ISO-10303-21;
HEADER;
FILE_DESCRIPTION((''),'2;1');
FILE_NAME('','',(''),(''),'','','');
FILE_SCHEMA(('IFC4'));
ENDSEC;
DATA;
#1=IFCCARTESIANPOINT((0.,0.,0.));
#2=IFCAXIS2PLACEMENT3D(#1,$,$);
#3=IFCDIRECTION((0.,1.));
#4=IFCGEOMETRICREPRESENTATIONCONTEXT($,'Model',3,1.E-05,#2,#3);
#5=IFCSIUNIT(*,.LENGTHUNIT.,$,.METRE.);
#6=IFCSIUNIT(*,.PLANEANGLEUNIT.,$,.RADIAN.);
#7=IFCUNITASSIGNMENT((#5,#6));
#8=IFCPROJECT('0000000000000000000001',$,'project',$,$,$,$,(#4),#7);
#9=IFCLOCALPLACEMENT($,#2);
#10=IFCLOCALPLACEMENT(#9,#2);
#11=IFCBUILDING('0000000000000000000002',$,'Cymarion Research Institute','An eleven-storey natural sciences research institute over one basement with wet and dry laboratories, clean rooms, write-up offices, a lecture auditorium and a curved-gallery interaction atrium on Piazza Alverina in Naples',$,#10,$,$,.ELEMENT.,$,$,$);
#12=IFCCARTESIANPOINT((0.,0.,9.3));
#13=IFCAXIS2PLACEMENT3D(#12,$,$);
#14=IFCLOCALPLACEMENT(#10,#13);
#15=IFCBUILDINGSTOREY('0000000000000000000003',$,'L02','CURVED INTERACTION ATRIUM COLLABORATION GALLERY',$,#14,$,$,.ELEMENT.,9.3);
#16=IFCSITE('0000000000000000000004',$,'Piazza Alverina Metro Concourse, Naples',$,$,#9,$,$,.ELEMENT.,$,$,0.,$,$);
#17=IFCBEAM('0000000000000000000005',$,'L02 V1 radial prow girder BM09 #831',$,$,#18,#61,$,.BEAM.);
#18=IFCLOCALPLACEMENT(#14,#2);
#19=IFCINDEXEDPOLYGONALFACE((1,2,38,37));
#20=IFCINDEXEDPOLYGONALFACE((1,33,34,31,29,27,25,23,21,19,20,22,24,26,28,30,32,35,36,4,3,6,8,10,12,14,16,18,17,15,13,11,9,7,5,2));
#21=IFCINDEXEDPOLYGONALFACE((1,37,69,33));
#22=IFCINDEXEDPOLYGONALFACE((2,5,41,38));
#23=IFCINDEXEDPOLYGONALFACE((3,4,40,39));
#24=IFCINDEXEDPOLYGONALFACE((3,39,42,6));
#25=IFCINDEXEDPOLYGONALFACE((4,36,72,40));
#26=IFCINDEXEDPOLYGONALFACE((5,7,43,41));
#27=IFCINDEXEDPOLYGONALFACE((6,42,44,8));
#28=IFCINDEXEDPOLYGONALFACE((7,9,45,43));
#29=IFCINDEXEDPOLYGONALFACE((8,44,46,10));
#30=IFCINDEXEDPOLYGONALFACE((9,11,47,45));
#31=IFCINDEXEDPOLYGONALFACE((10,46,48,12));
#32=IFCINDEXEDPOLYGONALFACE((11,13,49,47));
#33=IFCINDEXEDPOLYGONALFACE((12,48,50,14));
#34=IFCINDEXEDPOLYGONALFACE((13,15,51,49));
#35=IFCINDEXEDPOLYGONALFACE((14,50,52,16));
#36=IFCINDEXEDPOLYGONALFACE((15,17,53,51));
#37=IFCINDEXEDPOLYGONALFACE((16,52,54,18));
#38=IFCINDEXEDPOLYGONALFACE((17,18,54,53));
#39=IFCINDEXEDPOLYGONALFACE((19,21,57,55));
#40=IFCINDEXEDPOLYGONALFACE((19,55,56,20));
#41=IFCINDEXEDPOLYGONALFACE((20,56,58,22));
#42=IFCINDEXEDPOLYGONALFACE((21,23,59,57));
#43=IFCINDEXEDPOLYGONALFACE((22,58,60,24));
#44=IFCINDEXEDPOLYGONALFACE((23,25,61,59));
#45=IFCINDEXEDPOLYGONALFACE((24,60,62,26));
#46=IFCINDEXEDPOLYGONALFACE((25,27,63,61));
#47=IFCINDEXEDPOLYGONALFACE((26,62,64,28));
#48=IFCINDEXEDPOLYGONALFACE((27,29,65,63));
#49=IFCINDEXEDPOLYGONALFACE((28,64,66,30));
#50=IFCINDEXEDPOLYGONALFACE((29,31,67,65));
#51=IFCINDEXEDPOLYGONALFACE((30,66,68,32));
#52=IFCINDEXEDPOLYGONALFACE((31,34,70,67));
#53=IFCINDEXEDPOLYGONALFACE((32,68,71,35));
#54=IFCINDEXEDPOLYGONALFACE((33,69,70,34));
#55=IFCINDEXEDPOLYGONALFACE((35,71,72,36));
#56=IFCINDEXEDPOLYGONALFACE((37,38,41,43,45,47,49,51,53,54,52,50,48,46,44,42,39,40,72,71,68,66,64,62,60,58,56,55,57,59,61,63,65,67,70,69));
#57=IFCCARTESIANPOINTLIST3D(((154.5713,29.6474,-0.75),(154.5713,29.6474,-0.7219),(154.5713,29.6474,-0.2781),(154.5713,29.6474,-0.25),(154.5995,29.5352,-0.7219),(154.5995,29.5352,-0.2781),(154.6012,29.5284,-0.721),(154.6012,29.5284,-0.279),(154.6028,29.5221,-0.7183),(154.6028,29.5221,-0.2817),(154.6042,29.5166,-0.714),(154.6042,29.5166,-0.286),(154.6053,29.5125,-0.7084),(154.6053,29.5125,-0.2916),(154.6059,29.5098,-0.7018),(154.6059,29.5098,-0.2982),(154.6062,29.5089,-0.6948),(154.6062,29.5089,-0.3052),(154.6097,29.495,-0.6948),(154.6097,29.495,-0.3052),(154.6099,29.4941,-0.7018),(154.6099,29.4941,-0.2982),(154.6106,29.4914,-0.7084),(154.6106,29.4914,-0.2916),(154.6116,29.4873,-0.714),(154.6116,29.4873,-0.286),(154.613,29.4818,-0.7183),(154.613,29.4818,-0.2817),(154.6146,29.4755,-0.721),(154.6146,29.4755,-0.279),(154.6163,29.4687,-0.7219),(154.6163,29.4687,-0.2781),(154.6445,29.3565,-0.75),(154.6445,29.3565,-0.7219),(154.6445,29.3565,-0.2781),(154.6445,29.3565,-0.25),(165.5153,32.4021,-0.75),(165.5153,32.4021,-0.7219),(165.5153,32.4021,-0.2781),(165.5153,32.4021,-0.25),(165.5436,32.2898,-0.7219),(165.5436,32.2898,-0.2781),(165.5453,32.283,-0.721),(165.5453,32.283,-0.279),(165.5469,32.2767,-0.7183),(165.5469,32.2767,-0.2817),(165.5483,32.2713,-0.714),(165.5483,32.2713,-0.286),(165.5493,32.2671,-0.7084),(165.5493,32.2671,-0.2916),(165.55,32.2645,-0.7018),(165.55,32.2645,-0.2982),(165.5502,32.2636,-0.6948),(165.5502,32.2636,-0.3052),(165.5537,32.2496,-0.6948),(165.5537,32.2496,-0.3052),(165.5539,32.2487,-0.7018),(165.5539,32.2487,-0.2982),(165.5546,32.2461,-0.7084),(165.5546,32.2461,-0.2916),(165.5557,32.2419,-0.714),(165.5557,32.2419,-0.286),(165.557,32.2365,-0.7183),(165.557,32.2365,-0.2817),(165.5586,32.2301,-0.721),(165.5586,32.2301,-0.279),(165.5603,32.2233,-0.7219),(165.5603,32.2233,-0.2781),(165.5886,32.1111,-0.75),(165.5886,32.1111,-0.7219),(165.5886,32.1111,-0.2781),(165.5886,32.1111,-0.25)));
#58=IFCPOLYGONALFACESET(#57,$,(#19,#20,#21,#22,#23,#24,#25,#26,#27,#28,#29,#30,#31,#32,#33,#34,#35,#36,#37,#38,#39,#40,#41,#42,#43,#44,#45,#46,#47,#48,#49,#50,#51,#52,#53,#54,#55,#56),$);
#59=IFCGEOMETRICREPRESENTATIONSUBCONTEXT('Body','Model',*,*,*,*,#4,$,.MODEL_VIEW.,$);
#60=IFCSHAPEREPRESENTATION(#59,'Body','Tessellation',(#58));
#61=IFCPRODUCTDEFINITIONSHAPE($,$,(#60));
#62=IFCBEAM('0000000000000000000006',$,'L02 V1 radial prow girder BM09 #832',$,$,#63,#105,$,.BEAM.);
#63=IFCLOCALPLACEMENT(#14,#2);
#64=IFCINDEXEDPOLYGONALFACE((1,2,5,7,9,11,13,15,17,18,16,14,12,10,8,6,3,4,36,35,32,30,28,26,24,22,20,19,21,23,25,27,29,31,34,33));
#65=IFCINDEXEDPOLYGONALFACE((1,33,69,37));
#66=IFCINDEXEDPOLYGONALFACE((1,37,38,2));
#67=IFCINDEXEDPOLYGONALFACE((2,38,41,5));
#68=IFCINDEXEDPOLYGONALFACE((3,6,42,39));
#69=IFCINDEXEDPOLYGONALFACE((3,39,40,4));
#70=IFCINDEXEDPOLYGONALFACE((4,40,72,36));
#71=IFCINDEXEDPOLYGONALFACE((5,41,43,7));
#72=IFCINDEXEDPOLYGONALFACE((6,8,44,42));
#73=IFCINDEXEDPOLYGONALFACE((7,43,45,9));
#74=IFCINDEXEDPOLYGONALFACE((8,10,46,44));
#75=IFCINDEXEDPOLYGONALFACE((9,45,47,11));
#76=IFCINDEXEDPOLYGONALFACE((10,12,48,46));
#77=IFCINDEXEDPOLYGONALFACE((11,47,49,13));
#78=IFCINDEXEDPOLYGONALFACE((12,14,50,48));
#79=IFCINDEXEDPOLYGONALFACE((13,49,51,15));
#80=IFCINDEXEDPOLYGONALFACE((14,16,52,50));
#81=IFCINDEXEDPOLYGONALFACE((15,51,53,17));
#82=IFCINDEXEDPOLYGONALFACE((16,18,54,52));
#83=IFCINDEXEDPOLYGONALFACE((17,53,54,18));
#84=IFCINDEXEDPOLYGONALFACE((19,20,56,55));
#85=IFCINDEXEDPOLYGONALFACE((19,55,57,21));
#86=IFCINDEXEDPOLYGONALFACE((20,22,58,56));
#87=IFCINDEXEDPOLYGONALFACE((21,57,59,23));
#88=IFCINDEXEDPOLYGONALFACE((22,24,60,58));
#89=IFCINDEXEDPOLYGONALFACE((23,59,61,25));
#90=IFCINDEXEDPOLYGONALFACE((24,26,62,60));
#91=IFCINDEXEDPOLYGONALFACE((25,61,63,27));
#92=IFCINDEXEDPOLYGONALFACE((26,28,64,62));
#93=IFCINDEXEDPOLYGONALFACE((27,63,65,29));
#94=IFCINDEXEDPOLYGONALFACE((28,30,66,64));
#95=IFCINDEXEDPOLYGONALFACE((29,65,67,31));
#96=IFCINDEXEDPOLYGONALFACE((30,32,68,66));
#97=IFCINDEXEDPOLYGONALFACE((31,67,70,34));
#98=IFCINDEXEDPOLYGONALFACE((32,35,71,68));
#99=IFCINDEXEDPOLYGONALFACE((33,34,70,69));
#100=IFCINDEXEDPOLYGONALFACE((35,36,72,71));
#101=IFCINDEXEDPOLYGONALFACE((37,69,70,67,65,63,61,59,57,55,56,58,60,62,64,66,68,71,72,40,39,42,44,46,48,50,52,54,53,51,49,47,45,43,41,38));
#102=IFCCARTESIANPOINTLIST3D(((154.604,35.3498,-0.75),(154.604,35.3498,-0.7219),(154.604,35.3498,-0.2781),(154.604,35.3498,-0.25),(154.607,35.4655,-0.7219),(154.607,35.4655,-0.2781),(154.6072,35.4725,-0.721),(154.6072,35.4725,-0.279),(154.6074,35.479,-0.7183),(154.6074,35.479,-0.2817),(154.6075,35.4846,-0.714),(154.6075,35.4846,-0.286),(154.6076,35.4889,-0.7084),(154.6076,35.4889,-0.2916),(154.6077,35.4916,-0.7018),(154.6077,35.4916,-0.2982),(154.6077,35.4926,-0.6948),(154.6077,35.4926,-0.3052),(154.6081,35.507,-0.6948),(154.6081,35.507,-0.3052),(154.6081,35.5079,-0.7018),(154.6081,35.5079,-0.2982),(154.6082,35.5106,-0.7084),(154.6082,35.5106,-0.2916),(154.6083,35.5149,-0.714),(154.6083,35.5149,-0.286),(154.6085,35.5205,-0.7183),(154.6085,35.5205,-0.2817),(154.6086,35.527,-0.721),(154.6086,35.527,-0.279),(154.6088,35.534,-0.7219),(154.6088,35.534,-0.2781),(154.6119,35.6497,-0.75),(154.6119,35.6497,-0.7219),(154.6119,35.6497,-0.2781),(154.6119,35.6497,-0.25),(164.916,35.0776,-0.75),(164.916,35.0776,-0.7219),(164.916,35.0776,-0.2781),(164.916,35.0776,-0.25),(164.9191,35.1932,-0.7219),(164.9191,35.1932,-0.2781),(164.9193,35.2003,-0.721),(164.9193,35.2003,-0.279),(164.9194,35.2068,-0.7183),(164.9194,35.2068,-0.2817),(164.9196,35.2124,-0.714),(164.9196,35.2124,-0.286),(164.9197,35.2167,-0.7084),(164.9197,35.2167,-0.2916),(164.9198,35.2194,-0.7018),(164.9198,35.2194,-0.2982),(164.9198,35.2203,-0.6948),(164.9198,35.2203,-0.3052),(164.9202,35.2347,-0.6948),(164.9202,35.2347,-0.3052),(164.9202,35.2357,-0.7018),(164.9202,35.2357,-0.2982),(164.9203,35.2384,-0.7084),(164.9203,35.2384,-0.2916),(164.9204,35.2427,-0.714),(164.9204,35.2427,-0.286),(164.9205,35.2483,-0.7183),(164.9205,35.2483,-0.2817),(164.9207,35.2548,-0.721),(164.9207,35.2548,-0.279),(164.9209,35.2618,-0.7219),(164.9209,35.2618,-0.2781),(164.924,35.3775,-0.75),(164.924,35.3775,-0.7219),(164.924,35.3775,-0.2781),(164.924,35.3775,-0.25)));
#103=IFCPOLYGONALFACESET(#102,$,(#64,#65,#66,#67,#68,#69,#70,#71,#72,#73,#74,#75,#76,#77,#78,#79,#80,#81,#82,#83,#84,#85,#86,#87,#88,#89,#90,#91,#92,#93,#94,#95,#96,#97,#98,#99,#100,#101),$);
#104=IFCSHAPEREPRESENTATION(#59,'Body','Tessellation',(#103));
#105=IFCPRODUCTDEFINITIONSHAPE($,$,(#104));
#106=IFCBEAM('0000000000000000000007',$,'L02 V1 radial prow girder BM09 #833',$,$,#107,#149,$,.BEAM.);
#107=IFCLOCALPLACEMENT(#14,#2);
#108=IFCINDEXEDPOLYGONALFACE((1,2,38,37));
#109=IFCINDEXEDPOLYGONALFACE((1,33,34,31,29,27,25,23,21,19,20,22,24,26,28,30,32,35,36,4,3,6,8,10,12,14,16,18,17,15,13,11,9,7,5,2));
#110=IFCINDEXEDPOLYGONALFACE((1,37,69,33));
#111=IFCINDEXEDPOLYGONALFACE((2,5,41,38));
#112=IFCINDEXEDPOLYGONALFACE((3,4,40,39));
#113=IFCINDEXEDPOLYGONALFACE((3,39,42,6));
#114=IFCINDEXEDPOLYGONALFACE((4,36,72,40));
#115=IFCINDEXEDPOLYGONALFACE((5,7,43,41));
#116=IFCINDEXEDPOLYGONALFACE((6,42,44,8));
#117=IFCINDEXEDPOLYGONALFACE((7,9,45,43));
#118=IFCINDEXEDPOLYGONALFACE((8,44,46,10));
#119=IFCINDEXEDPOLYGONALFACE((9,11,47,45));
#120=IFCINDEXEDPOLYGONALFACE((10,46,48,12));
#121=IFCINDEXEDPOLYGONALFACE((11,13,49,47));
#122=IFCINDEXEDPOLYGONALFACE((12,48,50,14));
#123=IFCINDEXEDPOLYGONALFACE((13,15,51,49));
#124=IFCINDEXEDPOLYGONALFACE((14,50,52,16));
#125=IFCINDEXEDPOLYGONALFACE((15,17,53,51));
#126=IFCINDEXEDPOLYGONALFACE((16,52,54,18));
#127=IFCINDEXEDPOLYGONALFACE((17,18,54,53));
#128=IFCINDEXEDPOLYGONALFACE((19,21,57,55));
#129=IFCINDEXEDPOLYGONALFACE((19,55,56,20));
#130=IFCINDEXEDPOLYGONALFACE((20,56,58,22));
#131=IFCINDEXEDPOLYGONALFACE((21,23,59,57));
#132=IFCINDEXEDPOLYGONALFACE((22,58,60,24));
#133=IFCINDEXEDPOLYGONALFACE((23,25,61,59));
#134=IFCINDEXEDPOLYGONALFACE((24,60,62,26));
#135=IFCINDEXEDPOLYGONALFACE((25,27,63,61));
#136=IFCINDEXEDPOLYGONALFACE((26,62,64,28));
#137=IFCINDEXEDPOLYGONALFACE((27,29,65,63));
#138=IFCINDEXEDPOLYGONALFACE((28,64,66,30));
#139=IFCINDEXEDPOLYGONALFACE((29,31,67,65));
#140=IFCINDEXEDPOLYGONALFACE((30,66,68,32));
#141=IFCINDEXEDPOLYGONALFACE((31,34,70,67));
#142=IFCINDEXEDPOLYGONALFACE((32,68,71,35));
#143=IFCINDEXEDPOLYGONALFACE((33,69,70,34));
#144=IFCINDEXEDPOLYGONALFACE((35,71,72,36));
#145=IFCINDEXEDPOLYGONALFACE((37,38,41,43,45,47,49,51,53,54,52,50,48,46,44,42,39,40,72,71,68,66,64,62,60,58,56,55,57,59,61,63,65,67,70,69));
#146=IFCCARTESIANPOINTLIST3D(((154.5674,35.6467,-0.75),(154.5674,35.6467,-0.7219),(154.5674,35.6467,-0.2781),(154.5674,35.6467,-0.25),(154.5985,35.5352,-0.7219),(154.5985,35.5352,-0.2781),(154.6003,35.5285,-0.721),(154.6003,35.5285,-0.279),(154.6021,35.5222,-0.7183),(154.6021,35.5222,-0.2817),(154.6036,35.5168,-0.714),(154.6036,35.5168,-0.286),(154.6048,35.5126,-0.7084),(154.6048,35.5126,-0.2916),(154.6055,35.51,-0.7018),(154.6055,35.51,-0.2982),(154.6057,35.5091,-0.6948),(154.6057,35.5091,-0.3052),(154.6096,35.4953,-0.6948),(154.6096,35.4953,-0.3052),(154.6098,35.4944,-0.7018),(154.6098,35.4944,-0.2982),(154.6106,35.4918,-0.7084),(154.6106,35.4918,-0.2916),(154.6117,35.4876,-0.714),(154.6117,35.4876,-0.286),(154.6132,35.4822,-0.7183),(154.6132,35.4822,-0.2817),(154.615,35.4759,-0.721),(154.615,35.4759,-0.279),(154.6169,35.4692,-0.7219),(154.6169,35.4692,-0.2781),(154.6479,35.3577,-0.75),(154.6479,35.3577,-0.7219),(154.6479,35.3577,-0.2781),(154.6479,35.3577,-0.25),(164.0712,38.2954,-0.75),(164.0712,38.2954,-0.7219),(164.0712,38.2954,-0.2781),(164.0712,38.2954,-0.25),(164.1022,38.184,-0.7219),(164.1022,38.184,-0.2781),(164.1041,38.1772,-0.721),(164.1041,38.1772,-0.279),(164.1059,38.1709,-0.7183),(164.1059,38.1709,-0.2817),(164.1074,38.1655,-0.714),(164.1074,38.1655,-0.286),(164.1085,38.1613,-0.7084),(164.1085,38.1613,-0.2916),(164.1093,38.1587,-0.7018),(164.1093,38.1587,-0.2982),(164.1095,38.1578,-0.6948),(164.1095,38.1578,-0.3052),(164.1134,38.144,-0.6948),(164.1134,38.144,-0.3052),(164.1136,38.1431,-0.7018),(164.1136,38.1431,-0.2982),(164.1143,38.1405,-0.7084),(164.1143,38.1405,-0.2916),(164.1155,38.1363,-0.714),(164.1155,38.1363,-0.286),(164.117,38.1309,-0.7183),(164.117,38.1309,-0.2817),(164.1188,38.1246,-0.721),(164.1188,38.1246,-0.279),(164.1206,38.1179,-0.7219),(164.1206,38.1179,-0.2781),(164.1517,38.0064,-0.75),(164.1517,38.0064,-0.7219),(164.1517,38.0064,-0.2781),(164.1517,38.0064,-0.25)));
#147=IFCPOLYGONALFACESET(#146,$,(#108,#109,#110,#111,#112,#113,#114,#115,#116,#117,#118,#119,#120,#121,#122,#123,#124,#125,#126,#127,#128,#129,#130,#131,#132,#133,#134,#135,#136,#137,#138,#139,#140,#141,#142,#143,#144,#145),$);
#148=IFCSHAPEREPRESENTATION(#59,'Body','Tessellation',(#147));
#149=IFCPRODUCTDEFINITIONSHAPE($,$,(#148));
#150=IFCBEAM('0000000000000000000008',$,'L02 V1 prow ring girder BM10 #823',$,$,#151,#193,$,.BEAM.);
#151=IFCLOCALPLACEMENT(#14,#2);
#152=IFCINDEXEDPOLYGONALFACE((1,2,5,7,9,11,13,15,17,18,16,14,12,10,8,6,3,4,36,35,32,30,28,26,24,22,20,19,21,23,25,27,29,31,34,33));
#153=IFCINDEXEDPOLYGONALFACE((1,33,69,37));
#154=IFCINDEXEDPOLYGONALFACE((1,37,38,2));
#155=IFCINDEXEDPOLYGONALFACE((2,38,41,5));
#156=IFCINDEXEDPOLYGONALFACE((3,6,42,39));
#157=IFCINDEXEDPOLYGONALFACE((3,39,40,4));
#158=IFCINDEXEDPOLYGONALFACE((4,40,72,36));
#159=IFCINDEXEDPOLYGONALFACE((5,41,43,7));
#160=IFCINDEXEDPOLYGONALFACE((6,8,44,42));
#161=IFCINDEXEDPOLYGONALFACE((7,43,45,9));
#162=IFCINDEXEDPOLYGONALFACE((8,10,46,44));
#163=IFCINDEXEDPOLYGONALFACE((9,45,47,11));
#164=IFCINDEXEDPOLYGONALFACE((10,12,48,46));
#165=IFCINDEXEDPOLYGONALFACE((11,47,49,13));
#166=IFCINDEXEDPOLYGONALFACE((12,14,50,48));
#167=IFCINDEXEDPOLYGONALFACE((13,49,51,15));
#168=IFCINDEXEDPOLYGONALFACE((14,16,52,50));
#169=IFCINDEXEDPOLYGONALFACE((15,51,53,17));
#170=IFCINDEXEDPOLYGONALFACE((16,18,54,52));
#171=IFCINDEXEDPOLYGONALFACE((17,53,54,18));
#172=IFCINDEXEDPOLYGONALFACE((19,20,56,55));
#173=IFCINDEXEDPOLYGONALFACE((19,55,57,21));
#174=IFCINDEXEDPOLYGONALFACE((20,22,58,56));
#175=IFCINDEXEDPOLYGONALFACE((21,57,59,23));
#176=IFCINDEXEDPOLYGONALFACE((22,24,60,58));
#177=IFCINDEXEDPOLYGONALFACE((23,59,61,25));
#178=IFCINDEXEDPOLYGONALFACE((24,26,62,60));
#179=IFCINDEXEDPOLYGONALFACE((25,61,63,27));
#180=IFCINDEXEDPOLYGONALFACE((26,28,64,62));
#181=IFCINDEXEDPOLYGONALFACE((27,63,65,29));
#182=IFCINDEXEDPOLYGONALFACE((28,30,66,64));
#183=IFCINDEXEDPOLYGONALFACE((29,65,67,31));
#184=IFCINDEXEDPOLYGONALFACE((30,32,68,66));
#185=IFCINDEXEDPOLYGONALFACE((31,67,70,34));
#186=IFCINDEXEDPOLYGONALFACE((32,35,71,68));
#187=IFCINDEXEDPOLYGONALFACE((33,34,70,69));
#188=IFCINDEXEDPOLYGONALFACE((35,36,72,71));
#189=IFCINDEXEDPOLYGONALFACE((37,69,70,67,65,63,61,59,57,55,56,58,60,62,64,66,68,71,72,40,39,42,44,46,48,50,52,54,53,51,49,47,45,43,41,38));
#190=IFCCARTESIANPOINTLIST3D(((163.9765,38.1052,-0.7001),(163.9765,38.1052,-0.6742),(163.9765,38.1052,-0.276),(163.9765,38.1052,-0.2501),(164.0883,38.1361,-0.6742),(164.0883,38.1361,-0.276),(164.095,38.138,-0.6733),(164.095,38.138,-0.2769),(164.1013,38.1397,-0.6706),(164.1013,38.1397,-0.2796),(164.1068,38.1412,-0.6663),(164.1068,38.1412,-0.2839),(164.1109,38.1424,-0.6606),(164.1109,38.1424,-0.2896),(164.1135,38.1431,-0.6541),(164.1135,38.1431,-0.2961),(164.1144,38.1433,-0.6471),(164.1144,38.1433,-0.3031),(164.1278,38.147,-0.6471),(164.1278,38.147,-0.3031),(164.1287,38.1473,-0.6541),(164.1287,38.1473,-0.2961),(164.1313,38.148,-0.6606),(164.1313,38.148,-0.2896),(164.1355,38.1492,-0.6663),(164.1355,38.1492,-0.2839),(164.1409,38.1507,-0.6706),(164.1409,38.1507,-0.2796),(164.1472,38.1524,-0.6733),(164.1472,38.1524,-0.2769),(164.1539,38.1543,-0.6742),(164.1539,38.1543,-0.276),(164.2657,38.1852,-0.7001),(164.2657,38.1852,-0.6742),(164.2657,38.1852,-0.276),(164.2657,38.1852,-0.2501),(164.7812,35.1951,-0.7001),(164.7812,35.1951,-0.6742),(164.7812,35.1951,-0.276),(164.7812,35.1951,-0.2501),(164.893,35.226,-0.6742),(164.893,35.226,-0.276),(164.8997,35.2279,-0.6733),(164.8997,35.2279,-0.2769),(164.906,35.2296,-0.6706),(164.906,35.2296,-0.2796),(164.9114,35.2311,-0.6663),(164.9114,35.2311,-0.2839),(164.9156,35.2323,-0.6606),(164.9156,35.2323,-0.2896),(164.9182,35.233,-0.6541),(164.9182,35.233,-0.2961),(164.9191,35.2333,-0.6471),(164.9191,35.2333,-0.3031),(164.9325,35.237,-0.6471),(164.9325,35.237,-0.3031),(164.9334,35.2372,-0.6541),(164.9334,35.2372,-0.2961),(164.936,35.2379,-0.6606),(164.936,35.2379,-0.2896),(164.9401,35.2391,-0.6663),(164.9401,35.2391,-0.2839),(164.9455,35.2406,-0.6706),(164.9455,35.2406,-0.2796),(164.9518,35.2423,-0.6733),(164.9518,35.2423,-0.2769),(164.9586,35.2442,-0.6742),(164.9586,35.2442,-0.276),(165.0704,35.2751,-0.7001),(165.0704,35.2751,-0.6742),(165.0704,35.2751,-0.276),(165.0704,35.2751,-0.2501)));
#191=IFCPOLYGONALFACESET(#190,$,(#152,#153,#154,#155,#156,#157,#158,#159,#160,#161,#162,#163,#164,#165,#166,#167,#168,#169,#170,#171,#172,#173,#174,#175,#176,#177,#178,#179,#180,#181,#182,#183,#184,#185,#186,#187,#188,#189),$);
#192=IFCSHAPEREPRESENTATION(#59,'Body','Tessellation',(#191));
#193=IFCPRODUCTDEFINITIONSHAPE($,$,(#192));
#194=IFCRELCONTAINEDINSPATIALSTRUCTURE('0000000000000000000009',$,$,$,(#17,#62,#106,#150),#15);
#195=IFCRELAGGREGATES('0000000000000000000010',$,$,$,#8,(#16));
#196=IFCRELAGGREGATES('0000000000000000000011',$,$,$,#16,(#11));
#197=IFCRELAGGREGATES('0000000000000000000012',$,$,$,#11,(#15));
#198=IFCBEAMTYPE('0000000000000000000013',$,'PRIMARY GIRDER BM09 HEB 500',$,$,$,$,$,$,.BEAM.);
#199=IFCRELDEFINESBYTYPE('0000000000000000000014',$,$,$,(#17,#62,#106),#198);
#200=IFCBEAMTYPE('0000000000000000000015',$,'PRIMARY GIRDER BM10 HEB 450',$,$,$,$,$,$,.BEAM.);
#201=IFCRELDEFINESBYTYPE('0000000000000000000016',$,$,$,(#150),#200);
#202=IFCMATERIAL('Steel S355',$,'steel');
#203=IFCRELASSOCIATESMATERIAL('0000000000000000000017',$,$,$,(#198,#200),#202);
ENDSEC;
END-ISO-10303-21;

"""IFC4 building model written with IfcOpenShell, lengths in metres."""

from ifc_helpers import new_model, si_unit, direction, frame, origin, origin_2d, place, context, subcontext, project, spatial, i_section, extrude, material, material_profile, profile_set, type_object, element, save


model = new_model("IFC4")

# Units and contexts
model_context = context("Model", 3, precision=1e-05, world=origin(), true_north=direction((0.0, 1.0)))
body_context = subcontext(model_context, "Body", "Model", "MODEL_VIEW")
ifc_project = project(units=[si_unit("LENGTHUNIT", "METRE"), si_unit("PLANEANGLEUNIT", "RADIAN")], contexts=[model_context])

# Site, building, storey
site_placement = place(None, origin())
site = spatial("IfcSite", under=ifc_project, at=site_placement, Name="Piazza Alverina Metro Concourse, Naples", CompositionType="ELEMENT", RefElevation=0.0)
building_placement = place(site_placement, origin())
building = spatial("IfcBuilding", under=site, at=building_placement, Name="Cymarion Research Institute", Description="An eleven-storey natural sciences research institute over one basement with wet and dry laboratories, clean rooms, write-up offices, a lecture auditorium and a curved-gallery interaction atrium on Piazza Alverina in Naples", CompositionType="ELEMENT")
storey_placement = place(building_placement, frame((0.0, 0.0, 9.3)))
storey = spatial("IfcBuildingStorey", under=building, at=storey_placement, Name="L02", Description="CURVED INTERACTION ATRIUM COLLABORATION GALLERY", CompositionType="ELEMENT", Elevation=9.3)

# Shared definitions
ifc_material_1 = material(Name="Steel S355", Category="steel")

# Beams
ifc_material_profile_1 = material_profile(ifc_material_1, i_section(OverallWidth=0.3, OverallDepth=0.5, WebThickness=0.0144, FlangeThickness=0.0281, FilletRadius=0.0271, at=origin_2d()), Name="HEB 500")
ifc_profile_set_1 = profile_set([ifc_material_profile_1], Name="Steel S355")
beam_type_1 = type_object("IfcBeamType", Name="PRIMARY GIRDER BM09 HEB 500", PredefinedType="BEAM", material=ifc_profile_set_1)
beam_1_placement = place(storey_placement, frame((154.6079, 29.502, -0.5), z_axis=(0.969753, 0.244088, 0.0), x_axis=(-0.244088, 0.969753, 0.0)))
element("IfcBeam", 1, at=beam_1_placement, inside=storey, type_object=beam_type_1, Name="L02 V1 radial prow girder BM09 #831", PredefinedType="BEAM", context=body_context, shape_type="SweptSolid", body=[
    extrude(i_section(OverallWidth=0.3, OverallDepth=0.5, WebThickness=0.0144, FlangeThickness=0.0281, FilletRadius=0.0271, at=origin_2d()), origin(), (0.0, 0.0, 1.0), 11.2854),
])
beam_2_placement = place(storey_placement, frame((154.6079, 35.4998, -0.5), z_axis=(0.999652, -0.026389, 0.0), x_axis=(0.026389, 0.999652, 0.0)))
element("IfcBeam", 2, at=beam_2_placement, inside=storey, type_object=beam_type_1, Name="L02 V1 radial prow girder BM09 #832", PredefinedType="BEAM", context=body_context, shape_type="SweptSolid", body=[
    extrude(i_section(OverallWidth=0.3, OverallDepth=0.5, WebThickness=0.0144, FlangeThickness=0.0281, FilletRadius=0.0271, at=origin_2d()), origin(), (0.0, 0.0, 1.0), 10.3157),
])
beam_3_placement = place(storey_placement, frame((154.6077, 35.5022, -0.5), z_axis=(0.963288, 0.26847, 0.0), x_axis=(-0.26847, 0.963288, 0.0)))
element("IfcBeam", 3, at=beam_3_placement, inside=storey, type_object=beam_type_1, Name="L02 V1 radial prow girder BM09 #833", PredefinedType="BEAM", context=body_context, shape_type="SweptSolid", body=[
    extrude(i_section(OverallWidth=0.3, OverallDepth=0.5, WebThickness=0.0144, FlangeThickness=0.0281, FilletRadius=0.0271, at=origin_2d()), origin(), (0.0, 0.0, 1.0), 9.866),
])
ifc_material_profile_2 = material_profile(ifc_material_1, i_section(OverallWidth=0.3, OverallDepth=0.45, WebThickness=0.0139, FlangeThickness=0.0259, FilletRadius=0.0271, at=origin_2d()), Name="HEB 450")
ifc_profile_set_2 = profile_set([ifc_material_profile_2], Name="Steel S355")
beam_type_2 = type_object("IfcBeamType", Name="PRIMARY GIRDER BM10 HEB 450", PredefinedType="BEAM", material=ifc_profile_set_2)
beam_4_placement = place(storey_placement, frame((164.9258, 35.2351, -0.4751), z_axis=(-0.266509, 0.963832, 0.0), x_axis=(-0.963832, -0.266509, 0.0)))
element("IfcBeam", 4, at=beam_4_placement, inside=storey, type_object=beam_type_2, Name="L02 V1 prow ring girder BM10 #823", PredefinedType="BEAM", context=body_context, shape_type="SweptSolid", body=[
    extrude(i_section(OverallWidth=0.3, OverallDepth=0.45, WebThickness=0.0139, FlangeThickness=0.0259, FilletRadius=0.0271, at=origin_2d()), origin(), (0.0, 0.0, 1.0), 3.0193),
])

save(model, "model.ifc")
